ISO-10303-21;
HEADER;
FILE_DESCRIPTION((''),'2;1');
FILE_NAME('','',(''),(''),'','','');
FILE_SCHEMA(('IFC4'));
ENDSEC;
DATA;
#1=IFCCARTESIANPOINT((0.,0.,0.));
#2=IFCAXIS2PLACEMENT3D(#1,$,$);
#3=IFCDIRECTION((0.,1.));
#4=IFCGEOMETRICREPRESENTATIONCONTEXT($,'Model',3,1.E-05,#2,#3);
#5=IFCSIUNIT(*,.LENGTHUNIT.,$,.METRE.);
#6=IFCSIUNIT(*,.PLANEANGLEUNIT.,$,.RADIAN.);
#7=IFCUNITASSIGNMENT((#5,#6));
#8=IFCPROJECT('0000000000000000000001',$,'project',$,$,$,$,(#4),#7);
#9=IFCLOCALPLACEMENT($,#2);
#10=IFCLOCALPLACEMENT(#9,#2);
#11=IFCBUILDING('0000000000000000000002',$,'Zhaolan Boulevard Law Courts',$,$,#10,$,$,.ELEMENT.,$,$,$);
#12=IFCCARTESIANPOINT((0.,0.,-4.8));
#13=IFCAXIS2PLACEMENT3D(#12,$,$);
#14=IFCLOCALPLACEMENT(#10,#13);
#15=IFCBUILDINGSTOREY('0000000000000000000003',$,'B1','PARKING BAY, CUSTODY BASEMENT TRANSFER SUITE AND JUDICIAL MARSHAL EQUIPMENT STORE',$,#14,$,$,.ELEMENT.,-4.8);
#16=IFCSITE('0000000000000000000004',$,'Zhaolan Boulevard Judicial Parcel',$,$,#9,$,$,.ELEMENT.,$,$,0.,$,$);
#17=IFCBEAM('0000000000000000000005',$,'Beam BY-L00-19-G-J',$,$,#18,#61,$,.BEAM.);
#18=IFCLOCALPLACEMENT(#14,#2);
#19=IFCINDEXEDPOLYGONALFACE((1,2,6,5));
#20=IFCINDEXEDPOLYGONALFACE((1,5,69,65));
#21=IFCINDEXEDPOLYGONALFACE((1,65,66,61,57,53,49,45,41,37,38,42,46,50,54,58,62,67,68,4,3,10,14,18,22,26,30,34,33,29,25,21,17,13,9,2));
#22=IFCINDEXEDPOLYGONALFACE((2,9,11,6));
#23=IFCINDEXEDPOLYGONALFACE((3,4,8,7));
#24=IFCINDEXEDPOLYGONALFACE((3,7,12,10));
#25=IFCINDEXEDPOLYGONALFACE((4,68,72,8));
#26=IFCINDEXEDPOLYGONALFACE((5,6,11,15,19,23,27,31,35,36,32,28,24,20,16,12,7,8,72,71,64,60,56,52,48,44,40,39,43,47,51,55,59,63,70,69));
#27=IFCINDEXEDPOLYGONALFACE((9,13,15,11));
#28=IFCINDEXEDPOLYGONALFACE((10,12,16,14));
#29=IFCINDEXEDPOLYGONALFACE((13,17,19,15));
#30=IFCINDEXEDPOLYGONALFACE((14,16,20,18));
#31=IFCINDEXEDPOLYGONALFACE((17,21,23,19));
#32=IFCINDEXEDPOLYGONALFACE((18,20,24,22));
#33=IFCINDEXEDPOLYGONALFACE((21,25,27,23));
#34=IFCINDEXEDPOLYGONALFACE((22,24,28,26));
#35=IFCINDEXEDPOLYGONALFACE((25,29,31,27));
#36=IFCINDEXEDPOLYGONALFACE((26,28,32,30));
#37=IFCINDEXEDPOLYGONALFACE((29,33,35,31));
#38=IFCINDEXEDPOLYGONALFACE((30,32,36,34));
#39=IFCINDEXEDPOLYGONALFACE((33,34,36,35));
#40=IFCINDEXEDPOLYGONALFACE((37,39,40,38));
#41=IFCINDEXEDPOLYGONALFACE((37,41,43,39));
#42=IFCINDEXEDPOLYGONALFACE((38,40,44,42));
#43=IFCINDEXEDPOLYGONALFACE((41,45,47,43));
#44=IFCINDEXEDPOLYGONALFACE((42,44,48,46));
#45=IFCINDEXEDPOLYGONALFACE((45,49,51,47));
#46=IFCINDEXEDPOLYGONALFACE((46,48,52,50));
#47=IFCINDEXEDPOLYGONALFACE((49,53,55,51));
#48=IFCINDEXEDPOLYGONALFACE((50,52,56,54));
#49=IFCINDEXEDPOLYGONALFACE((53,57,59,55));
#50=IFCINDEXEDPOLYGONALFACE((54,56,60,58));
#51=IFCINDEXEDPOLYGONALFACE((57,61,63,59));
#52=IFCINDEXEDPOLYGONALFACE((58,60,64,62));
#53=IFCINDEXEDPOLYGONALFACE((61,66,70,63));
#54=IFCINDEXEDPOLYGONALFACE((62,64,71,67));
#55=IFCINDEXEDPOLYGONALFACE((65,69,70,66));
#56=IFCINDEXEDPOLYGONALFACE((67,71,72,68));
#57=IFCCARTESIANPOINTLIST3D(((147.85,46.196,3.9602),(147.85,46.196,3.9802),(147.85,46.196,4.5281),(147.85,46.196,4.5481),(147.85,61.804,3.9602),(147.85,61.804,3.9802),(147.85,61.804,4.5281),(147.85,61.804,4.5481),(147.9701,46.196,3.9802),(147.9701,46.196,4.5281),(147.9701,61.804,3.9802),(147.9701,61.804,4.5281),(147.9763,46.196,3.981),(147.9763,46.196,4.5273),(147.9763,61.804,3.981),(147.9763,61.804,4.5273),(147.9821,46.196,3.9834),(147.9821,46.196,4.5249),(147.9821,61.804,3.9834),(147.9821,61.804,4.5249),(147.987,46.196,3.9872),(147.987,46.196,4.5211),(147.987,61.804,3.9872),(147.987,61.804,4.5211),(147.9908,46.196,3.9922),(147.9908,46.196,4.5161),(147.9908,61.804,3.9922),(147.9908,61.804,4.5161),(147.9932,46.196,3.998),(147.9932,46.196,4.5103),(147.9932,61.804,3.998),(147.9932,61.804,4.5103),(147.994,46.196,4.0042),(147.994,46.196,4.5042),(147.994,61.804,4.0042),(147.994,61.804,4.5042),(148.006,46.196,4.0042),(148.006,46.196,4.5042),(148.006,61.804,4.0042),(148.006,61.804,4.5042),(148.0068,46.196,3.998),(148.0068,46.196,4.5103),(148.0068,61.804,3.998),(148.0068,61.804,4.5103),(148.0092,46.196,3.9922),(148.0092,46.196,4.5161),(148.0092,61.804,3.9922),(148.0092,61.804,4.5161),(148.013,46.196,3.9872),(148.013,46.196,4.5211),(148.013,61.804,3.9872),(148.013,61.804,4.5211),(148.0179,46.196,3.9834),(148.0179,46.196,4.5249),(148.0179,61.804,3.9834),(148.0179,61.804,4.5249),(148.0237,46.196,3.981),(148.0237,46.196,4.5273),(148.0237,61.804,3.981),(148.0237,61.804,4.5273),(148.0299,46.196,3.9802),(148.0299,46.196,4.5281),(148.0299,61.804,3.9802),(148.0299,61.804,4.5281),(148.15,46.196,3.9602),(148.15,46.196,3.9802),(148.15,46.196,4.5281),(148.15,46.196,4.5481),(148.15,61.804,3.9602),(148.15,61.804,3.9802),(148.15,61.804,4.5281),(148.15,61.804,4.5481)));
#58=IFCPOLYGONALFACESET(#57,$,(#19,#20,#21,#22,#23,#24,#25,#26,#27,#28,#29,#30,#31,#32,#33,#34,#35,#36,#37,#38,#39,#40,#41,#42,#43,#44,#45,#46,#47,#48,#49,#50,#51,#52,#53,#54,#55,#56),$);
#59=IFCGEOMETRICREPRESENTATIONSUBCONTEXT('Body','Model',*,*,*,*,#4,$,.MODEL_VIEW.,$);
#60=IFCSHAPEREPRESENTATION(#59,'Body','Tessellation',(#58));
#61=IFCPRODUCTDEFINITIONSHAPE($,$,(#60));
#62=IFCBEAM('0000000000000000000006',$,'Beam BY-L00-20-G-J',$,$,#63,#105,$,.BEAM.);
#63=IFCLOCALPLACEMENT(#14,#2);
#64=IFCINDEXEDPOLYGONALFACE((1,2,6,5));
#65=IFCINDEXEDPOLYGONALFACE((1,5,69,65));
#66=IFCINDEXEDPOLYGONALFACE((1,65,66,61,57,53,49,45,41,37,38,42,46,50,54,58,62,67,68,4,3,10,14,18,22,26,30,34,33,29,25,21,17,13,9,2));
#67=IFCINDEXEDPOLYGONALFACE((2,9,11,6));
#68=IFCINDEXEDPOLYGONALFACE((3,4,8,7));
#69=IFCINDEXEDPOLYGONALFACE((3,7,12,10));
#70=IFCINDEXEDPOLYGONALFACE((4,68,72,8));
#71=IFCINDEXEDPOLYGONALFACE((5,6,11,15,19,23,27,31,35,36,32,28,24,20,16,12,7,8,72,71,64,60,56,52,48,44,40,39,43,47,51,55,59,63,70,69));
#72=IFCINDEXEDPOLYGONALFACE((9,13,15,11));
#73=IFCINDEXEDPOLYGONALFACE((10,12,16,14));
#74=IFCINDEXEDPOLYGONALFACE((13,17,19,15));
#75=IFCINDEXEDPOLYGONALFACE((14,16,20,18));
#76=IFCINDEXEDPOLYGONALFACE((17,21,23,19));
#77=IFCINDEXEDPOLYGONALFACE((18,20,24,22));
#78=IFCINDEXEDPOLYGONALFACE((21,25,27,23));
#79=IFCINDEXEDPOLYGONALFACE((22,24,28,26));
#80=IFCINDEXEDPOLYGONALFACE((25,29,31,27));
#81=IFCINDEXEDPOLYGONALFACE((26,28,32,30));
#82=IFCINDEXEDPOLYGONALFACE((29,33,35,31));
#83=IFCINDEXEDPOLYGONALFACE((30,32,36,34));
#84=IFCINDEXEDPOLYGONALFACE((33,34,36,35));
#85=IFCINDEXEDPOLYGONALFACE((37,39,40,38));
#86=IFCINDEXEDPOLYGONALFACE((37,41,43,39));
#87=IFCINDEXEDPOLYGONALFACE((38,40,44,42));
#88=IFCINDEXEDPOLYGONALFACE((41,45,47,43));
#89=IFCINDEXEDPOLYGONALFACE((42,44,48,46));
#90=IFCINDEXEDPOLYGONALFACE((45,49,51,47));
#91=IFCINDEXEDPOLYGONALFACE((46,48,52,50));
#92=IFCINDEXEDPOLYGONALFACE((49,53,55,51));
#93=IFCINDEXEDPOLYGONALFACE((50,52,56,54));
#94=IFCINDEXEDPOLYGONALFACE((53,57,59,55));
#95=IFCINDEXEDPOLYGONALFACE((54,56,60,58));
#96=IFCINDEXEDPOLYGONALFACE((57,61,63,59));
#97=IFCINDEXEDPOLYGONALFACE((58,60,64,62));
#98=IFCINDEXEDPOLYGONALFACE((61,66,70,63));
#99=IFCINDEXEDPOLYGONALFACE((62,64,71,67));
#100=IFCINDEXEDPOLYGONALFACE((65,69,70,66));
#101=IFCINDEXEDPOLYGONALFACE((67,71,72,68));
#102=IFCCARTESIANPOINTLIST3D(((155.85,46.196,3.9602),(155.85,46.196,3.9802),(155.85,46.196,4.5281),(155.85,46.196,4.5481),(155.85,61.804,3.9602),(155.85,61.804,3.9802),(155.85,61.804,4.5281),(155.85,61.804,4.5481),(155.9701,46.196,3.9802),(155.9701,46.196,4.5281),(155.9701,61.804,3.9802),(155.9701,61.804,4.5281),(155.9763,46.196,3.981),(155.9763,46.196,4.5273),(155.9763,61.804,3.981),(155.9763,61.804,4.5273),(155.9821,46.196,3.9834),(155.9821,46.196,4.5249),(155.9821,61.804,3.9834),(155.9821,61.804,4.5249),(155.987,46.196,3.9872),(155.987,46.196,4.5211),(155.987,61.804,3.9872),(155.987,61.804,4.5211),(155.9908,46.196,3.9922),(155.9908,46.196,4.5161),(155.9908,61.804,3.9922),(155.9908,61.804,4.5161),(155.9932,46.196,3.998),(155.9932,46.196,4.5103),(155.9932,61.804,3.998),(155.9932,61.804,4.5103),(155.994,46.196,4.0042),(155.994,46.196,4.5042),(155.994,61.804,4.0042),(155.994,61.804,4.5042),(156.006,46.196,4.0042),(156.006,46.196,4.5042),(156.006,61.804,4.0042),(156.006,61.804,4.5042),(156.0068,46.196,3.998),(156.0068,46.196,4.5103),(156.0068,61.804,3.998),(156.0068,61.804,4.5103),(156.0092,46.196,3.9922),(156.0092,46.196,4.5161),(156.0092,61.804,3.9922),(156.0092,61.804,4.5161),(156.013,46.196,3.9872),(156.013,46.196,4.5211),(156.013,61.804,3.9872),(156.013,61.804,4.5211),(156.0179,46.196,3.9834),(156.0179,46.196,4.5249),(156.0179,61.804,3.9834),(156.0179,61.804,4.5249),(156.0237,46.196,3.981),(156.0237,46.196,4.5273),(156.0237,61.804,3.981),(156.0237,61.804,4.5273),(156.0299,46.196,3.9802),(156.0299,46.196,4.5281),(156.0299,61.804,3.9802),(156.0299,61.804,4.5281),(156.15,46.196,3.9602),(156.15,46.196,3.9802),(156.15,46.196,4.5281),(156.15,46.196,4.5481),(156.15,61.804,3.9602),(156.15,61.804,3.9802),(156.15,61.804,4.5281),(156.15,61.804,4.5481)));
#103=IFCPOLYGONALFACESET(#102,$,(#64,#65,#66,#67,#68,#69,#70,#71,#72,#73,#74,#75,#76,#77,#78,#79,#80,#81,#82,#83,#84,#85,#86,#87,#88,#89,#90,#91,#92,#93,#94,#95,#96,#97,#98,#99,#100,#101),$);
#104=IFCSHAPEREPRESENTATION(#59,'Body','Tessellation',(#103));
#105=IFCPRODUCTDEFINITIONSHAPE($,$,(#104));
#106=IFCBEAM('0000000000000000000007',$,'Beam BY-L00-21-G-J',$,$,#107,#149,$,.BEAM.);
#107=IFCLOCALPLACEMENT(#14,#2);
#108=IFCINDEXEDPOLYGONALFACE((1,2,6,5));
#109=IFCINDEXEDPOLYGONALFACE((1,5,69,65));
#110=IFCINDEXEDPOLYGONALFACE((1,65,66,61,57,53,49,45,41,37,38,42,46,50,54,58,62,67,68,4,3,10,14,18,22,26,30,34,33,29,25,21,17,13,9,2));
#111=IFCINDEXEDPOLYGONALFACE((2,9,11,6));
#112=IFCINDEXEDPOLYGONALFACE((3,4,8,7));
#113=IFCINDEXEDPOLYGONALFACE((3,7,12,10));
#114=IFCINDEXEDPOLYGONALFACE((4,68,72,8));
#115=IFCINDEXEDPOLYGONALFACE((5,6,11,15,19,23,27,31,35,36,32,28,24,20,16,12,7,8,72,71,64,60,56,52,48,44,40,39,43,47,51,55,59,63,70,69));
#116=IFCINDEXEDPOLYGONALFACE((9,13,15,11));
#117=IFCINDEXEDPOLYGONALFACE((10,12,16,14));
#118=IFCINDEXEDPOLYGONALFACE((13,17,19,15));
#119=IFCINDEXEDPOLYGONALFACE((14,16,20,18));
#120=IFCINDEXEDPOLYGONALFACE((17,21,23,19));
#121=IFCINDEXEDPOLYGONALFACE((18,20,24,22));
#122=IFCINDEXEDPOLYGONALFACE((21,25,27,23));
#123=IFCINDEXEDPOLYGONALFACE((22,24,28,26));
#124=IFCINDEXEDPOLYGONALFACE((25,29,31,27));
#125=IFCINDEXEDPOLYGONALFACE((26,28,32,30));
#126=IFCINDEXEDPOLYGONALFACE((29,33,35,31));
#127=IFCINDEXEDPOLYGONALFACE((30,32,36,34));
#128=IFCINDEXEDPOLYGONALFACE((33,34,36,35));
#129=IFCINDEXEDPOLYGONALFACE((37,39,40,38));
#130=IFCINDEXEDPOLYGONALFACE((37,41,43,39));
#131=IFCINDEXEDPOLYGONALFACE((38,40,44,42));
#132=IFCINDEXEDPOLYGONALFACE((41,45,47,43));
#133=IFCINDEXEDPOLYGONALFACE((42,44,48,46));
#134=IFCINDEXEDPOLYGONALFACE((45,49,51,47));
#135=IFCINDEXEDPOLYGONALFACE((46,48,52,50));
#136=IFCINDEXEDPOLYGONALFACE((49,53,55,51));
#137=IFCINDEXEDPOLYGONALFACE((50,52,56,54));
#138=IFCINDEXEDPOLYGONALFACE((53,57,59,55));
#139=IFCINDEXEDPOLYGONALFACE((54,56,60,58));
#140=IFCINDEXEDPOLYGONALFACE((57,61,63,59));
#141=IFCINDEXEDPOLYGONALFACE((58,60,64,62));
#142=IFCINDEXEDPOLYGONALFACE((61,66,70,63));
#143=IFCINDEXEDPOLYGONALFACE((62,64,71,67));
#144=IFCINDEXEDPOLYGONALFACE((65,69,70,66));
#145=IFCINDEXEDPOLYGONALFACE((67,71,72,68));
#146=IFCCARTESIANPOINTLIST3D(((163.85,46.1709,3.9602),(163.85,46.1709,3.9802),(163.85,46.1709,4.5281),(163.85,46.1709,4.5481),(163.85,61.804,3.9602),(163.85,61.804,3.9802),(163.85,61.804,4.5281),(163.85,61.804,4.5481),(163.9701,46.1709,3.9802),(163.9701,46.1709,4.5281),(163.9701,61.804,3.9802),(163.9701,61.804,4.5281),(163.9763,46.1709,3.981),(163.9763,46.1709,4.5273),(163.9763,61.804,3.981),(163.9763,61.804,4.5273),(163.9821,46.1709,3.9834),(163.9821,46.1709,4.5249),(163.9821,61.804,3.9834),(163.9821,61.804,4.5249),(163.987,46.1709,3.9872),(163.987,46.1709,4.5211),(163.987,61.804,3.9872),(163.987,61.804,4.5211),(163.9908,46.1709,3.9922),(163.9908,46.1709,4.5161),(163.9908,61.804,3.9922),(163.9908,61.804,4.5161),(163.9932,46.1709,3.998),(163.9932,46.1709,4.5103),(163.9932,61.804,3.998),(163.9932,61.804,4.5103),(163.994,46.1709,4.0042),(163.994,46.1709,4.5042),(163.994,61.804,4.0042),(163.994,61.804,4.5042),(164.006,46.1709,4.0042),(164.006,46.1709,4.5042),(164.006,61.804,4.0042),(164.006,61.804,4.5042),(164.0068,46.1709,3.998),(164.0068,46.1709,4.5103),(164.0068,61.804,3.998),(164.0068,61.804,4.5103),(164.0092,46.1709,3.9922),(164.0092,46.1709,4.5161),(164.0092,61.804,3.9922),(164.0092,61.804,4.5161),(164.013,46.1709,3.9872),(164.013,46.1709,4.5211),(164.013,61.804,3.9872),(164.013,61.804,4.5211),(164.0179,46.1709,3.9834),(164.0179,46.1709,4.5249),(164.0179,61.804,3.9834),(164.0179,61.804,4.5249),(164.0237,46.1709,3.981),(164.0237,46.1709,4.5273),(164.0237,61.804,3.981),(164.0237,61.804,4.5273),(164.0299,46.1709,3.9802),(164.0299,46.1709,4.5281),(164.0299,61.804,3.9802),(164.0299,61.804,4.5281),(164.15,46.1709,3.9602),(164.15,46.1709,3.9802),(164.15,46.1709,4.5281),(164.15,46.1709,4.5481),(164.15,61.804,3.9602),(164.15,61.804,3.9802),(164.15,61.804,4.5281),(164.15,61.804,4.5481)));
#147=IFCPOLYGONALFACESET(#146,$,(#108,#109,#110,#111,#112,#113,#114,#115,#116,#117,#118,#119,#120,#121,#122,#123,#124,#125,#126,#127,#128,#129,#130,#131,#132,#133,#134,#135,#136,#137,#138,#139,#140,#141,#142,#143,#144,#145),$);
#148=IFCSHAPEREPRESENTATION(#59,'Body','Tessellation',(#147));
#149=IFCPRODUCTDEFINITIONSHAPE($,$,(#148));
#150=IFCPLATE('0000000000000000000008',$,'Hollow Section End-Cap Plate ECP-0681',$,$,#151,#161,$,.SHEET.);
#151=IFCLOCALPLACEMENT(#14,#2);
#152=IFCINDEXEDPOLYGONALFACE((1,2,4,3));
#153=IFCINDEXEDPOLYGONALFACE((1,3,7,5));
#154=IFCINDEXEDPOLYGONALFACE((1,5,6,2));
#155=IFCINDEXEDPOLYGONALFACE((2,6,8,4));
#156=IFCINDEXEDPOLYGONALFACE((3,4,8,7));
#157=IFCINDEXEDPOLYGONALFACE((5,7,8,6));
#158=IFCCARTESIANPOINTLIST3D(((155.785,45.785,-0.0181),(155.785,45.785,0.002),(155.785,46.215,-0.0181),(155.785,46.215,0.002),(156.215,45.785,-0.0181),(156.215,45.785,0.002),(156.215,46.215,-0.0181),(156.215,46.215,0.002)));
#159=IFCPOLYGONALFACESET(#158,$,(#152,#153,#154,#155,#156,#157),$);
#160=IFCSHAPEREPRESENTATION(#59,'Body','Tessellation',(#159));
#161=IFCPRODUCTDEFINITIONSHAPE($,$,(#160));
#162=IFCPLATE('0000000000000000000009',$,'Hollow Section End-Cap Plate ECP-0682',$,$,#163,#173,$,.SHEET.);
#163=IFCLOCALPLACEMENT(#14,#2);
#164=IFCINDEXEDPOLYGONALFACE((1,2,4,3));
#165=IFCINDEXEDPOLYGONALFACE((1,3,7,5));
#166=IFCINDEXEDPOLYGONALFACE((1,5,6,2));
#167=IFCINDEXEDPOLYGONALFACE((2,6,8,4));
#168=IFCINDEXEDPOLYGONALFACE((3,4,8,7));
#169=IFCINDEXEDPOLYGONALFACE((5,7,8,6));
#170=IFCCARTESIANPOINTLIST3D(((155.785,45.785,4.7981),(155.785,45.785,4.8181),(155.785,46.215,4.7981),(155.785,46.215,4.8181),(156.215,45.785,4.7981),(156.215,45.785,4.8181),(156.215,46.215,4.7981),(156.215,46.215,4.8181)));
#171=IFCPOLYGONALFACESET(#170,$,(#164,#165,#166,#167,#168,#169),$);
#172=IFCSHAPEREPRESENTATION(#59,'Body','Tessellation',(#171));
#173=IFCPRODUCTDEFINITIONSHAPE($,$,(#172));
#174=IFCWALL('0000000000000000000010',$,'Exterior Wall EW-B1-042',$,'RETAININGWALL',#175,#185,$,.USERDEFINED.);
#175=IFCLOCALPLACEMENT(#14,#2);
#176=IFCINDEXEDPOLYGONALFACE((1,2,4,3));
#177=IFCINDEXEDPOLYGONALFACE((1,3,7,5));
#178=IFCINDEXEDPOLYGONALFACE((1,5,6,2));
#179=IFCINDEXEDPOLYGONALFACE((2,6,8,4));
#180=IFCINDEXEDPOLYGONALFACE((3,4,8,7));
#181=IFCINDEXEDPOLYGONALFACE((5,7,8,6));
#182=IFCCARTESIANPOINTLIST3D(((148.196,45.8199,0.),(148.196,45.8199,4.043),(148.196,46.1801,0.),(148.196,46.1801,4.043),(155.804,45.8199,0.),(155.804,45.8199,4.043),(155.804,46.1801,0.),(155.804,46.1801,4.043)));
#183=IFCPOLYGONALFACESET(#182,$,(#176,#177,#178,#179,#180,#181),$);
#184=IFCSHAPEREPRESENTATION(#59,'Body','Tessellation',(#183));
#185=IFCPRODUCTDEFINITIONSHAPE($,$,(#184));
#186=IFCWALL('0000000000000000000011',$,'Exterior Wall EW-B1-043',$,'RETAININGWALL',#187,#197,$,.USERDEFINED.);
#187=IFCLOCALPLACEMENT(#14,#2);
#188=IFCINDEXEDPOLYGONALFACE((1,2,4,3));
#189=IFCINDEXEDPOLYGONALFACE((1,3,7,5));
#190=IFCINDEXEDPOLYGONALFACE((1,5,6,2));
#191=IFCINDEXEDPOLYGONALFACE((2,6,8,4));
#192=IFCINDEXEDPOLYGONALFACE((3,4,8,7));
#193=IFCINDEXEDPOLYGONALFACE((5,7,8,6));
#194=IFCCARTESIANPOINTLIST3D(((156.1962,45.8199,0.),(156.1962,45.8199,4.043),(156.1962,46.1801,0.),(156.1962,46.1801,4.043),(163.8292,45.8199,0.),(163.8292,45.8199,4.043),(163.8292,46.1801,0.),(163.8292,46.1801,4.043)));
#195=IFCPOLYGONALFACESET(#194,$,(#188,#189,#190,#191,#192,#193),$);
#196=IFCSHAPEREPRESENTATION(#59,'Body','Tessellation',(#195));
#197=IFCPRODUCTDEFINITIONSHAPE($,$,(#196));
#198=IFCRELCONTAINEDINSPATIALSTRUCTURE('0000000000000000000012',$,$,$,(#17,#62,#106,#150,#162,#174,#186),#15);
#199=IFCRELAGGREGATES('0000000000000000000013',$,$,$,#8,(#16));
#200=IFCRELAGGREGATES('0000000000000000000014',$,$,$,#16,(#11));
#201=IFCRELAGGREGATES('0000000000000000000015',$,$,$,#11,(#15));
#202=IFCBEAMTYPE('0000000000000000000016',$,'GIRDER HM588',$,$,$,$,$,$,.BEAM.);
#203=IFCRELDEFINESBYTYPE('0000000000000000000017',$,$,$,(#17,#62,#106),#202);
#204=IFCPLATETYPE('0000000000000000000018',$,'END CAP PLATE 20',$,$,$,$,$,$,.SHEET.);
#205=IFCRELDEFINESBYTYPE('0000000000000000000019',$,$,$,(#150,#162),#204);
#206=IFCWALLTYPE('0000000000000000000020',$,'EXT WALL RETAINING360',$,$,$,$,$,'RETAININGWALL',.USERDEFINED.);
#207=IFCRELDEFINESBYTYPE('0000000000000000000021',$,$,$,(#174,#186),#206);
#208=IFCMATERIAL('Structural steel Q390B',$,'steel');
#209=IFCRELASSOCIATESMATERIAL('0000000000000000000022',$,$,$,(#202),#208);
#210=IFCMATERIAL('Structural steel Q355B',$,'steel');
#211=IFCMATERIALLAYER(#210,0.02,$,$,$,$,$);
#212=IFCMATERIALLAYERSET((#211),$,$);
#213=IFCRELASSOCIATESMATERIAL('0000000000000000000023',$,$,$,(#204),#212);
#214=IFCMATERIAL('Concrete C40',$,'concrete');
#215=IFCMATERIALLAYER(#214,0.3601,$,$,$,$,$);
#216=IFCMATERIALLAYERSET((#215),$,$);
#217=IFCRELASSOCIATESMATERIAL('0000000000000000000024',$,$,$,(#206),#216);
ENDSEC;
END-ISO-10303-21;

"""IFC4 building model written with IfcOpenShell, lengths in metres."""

from ifc_helpers import new_model, si_unit, direction, frame, frame_2d, origin, origin_2d, place, context, subcontext, project, spatial, rectangle, i_section, extrude, material, layer, layer_set, material_profile, profile_set, type_object, element, save


model = new_model("IFC4")

# Units and contexts
model_context = context("Model", 3, precision=1e-05, world=origin(), true_north=direction((0.0, 1.0)))
body_context = subcontext(model_context, "Body", "Model", "MODEL_VIEW")
ifc_project = project(units=[si_unit("LENGTHUNIT", "METRE"), si_unit("PLANEANGLEUNIT", "RADIAN")], contexts=[model_context])

# Site, building, storey
site_placement = place(None, origin())
site = spatial("IfcSite", under=ifc_project, at=site_placement, Name="Zhaolan Boulevard Judicial Parcel", CompositionType="ELEMENT", RefElevation=0.0)
building_placement = place(site_placement, origin())
building = spatial("IfcBuilding", under=site, at=building_placement, Name="Zhaolan Boulevard Law Courts", CompositionType="ELEMENT")
storey_placement = place(building_placement, frame((0.0, 0.0, -4.8)))
storey = spatial("IfcBuildingStorey", under=building, at=storey_placement, Name="B1", Description="PARKING BAY, CUSTODY BASEMENT TRANSFER SUITE AND JUDICIAL MARSHAL EQUIPMENT STORE", CompositionType="ELEMENT", Elevation=-4.8)

# Beams
ifc_material_1 = material(Name="Structural steel Q390B", Category="steel")
ifc_material_profile_1 = material_profile(ifc_material_1, i_section(OverallWidth=0.3, OverallDepth=0.5879, WebThickness=0.012, FlangeThickness=0.02, FilletRadius=0.0239, at=origin_2d()), Name="HM588x300")
ifc_profile_set_1 = profile_set([ifc_material_profile_1], Name="Structural steel Q390B")
beam_type_1 = type_object("IfcBeamType", Name="GIRDER HM588", PredefinedType="BEAM", material=ifc_profile_set_1)
for number, where, z_axis, x_axis, name in (
    (1, (148.0, 46.196, 4.2542), (0.0, 1.0, 0.0), (-1.0, 0.0, 0.0), "Beam BY-L00-19-G-J"),
    (2, (156.0, 46.196, 4.2542), (0.0, 1.0, 0.0), (-1.0, 0.0, 0.0), "Beam BY-L00-20-G-J"),
):
    element("IfcBeam", number, at=place(storey_placement, frame(where, z_axis=z_axis, x_axis=x_axis)), inside=storey, type_object=beam_type_1, Name=name, PredefinedType="BEAM", context=body_context, shape_type="SweptSolid", body=[
        extrude(i_section(OverallWidth=0.3, OverallDepth=0.5879, WebThickness=0.012, FlangeThickness=0.02, FilletRadius=0.0239, at=origin_2d()), origin(), (0.0, 0.0, 1.0), 15.6079),
    ])
beam_1_placement = place(storey_placement, frame((164.0, 46.1709, 4.2542), z_axis=(0.0, 1.0, 0.0), x_axis=(-1.0, 0.0, 0.0)))
element("IfcBeam", 3, at=beam_1_placement, inside=storey, type_object=beam_type_1, Name="Beam BY-L00-21-G-J", PredefinedType="BEAM", context=body_context, shape_type="SweptSolid", body=[
    extrude(i_section(OverallWidth=0.3, OverallDepth=0.5879, WebThickness=0.012, FlangeThickness=0.02, FilletRadius=0.0239, at=origin_2d()), origin(), (0.0, 0.0, 1.0), 15.6331),
])

# Plates
ifc_material_2 = material(Name="Structural steel Q355B", Category="steel")
ifc_layer_1 = layer(ifc_material_2, 0.02)
ifc_layer_set_1 = layer_set([ifc_layer_1])
plate_type = type_object("IfcPlateType", Name="END CAP PLATE 20", PredefinedType="SHEET", material=ifc_layer_set_1)
for number, where, z_axis, x_axis, name in (
    (4, (156.0, 46.0, -0.0181), (0.0, 0.0, 1.0), (1.0, 0.0, 0.0), "Hollow Section End-Cap Plate ECP-0681"),
    (5, (156.0, 46.0, 4.7981), (0.0, 0.0, 1.0), (1.0, 0.0, 0.0), "Hollow Section End-Cap Plate ECP-0682"),
):
    element("IfcPlate", number, at=place(storey_placement, frame(where, z_axis=z_axis, x_axis=x_axis)), inside=storey, type_object=plate_type, Name=name, PredefinedType="SHEET", context=body_context, shape_type="SweptSolid", body=[
        extrude(rectangle(XDim=0.4299, YDim=0.4299, at=origin_2d()), origin(), (0.0, 0.0, 1.0), 0.02),
    ])

# Walls
ifc_material_3 = material(Name="Concrete C40", Category="concrete")
ifc_layer_2 = layer(ifc_material_3, 0.3601)
ifc_layer_set_2 = layer_set([ifc_layer_2])
wall_type = type_object("IfcWallType", Name="EXT WALL RETAINING360", ElementType="RETAININGWALL", PredefinedType="USERDEFINED", material=ifc_layer_set_2)
wall_1_placement = place(storey_placement, frame((155.804, 46.0, 0.0), z_axis=(0.0, 0.0, 1.0), x_axis=(-1.0, 0.0, 0.0)))
element("IfcWall", 6, at=wall_1_placement, inside=storey, type_object=wall_type, Name="Exterior Wall EW-B1-042", ObjectType="RETAININGWALL", PredefinedType="USERDEFINED", context=body_context, shape_type="SweptSolid", body=[
    extrude(rectangle(XDim=7.6079, YDim=0.3601, at=frame_2d((3.804, 0.0))), origin(), (0.0, 0.0, 1.0), 4.043),
])
wall_2_placement = place(storey_placement, frame((163.8291, 46.0, 0.0), z_axis=(0.0, 0.0, 1.0), x_axis=(-1.0, 0.0, 0.0)))
element("IfcWall", 7, at=wall_2_placement, inside=storey, type_object=wall_type, Name="Exterior Wall EW-B1-043", ObjectType="RETAININGWALL", PredefinedType="USERDEFINED", context=body_context, shape_type="SweptSolid", body=[
    extrude(rectangle(XDim=7.6331, YDim=0.3601, at=frame_2d((3.8164, 0.0))), origin(), (0.0, 0.0, 1.0), 4.043),
])

save(model, "model.ifc")
